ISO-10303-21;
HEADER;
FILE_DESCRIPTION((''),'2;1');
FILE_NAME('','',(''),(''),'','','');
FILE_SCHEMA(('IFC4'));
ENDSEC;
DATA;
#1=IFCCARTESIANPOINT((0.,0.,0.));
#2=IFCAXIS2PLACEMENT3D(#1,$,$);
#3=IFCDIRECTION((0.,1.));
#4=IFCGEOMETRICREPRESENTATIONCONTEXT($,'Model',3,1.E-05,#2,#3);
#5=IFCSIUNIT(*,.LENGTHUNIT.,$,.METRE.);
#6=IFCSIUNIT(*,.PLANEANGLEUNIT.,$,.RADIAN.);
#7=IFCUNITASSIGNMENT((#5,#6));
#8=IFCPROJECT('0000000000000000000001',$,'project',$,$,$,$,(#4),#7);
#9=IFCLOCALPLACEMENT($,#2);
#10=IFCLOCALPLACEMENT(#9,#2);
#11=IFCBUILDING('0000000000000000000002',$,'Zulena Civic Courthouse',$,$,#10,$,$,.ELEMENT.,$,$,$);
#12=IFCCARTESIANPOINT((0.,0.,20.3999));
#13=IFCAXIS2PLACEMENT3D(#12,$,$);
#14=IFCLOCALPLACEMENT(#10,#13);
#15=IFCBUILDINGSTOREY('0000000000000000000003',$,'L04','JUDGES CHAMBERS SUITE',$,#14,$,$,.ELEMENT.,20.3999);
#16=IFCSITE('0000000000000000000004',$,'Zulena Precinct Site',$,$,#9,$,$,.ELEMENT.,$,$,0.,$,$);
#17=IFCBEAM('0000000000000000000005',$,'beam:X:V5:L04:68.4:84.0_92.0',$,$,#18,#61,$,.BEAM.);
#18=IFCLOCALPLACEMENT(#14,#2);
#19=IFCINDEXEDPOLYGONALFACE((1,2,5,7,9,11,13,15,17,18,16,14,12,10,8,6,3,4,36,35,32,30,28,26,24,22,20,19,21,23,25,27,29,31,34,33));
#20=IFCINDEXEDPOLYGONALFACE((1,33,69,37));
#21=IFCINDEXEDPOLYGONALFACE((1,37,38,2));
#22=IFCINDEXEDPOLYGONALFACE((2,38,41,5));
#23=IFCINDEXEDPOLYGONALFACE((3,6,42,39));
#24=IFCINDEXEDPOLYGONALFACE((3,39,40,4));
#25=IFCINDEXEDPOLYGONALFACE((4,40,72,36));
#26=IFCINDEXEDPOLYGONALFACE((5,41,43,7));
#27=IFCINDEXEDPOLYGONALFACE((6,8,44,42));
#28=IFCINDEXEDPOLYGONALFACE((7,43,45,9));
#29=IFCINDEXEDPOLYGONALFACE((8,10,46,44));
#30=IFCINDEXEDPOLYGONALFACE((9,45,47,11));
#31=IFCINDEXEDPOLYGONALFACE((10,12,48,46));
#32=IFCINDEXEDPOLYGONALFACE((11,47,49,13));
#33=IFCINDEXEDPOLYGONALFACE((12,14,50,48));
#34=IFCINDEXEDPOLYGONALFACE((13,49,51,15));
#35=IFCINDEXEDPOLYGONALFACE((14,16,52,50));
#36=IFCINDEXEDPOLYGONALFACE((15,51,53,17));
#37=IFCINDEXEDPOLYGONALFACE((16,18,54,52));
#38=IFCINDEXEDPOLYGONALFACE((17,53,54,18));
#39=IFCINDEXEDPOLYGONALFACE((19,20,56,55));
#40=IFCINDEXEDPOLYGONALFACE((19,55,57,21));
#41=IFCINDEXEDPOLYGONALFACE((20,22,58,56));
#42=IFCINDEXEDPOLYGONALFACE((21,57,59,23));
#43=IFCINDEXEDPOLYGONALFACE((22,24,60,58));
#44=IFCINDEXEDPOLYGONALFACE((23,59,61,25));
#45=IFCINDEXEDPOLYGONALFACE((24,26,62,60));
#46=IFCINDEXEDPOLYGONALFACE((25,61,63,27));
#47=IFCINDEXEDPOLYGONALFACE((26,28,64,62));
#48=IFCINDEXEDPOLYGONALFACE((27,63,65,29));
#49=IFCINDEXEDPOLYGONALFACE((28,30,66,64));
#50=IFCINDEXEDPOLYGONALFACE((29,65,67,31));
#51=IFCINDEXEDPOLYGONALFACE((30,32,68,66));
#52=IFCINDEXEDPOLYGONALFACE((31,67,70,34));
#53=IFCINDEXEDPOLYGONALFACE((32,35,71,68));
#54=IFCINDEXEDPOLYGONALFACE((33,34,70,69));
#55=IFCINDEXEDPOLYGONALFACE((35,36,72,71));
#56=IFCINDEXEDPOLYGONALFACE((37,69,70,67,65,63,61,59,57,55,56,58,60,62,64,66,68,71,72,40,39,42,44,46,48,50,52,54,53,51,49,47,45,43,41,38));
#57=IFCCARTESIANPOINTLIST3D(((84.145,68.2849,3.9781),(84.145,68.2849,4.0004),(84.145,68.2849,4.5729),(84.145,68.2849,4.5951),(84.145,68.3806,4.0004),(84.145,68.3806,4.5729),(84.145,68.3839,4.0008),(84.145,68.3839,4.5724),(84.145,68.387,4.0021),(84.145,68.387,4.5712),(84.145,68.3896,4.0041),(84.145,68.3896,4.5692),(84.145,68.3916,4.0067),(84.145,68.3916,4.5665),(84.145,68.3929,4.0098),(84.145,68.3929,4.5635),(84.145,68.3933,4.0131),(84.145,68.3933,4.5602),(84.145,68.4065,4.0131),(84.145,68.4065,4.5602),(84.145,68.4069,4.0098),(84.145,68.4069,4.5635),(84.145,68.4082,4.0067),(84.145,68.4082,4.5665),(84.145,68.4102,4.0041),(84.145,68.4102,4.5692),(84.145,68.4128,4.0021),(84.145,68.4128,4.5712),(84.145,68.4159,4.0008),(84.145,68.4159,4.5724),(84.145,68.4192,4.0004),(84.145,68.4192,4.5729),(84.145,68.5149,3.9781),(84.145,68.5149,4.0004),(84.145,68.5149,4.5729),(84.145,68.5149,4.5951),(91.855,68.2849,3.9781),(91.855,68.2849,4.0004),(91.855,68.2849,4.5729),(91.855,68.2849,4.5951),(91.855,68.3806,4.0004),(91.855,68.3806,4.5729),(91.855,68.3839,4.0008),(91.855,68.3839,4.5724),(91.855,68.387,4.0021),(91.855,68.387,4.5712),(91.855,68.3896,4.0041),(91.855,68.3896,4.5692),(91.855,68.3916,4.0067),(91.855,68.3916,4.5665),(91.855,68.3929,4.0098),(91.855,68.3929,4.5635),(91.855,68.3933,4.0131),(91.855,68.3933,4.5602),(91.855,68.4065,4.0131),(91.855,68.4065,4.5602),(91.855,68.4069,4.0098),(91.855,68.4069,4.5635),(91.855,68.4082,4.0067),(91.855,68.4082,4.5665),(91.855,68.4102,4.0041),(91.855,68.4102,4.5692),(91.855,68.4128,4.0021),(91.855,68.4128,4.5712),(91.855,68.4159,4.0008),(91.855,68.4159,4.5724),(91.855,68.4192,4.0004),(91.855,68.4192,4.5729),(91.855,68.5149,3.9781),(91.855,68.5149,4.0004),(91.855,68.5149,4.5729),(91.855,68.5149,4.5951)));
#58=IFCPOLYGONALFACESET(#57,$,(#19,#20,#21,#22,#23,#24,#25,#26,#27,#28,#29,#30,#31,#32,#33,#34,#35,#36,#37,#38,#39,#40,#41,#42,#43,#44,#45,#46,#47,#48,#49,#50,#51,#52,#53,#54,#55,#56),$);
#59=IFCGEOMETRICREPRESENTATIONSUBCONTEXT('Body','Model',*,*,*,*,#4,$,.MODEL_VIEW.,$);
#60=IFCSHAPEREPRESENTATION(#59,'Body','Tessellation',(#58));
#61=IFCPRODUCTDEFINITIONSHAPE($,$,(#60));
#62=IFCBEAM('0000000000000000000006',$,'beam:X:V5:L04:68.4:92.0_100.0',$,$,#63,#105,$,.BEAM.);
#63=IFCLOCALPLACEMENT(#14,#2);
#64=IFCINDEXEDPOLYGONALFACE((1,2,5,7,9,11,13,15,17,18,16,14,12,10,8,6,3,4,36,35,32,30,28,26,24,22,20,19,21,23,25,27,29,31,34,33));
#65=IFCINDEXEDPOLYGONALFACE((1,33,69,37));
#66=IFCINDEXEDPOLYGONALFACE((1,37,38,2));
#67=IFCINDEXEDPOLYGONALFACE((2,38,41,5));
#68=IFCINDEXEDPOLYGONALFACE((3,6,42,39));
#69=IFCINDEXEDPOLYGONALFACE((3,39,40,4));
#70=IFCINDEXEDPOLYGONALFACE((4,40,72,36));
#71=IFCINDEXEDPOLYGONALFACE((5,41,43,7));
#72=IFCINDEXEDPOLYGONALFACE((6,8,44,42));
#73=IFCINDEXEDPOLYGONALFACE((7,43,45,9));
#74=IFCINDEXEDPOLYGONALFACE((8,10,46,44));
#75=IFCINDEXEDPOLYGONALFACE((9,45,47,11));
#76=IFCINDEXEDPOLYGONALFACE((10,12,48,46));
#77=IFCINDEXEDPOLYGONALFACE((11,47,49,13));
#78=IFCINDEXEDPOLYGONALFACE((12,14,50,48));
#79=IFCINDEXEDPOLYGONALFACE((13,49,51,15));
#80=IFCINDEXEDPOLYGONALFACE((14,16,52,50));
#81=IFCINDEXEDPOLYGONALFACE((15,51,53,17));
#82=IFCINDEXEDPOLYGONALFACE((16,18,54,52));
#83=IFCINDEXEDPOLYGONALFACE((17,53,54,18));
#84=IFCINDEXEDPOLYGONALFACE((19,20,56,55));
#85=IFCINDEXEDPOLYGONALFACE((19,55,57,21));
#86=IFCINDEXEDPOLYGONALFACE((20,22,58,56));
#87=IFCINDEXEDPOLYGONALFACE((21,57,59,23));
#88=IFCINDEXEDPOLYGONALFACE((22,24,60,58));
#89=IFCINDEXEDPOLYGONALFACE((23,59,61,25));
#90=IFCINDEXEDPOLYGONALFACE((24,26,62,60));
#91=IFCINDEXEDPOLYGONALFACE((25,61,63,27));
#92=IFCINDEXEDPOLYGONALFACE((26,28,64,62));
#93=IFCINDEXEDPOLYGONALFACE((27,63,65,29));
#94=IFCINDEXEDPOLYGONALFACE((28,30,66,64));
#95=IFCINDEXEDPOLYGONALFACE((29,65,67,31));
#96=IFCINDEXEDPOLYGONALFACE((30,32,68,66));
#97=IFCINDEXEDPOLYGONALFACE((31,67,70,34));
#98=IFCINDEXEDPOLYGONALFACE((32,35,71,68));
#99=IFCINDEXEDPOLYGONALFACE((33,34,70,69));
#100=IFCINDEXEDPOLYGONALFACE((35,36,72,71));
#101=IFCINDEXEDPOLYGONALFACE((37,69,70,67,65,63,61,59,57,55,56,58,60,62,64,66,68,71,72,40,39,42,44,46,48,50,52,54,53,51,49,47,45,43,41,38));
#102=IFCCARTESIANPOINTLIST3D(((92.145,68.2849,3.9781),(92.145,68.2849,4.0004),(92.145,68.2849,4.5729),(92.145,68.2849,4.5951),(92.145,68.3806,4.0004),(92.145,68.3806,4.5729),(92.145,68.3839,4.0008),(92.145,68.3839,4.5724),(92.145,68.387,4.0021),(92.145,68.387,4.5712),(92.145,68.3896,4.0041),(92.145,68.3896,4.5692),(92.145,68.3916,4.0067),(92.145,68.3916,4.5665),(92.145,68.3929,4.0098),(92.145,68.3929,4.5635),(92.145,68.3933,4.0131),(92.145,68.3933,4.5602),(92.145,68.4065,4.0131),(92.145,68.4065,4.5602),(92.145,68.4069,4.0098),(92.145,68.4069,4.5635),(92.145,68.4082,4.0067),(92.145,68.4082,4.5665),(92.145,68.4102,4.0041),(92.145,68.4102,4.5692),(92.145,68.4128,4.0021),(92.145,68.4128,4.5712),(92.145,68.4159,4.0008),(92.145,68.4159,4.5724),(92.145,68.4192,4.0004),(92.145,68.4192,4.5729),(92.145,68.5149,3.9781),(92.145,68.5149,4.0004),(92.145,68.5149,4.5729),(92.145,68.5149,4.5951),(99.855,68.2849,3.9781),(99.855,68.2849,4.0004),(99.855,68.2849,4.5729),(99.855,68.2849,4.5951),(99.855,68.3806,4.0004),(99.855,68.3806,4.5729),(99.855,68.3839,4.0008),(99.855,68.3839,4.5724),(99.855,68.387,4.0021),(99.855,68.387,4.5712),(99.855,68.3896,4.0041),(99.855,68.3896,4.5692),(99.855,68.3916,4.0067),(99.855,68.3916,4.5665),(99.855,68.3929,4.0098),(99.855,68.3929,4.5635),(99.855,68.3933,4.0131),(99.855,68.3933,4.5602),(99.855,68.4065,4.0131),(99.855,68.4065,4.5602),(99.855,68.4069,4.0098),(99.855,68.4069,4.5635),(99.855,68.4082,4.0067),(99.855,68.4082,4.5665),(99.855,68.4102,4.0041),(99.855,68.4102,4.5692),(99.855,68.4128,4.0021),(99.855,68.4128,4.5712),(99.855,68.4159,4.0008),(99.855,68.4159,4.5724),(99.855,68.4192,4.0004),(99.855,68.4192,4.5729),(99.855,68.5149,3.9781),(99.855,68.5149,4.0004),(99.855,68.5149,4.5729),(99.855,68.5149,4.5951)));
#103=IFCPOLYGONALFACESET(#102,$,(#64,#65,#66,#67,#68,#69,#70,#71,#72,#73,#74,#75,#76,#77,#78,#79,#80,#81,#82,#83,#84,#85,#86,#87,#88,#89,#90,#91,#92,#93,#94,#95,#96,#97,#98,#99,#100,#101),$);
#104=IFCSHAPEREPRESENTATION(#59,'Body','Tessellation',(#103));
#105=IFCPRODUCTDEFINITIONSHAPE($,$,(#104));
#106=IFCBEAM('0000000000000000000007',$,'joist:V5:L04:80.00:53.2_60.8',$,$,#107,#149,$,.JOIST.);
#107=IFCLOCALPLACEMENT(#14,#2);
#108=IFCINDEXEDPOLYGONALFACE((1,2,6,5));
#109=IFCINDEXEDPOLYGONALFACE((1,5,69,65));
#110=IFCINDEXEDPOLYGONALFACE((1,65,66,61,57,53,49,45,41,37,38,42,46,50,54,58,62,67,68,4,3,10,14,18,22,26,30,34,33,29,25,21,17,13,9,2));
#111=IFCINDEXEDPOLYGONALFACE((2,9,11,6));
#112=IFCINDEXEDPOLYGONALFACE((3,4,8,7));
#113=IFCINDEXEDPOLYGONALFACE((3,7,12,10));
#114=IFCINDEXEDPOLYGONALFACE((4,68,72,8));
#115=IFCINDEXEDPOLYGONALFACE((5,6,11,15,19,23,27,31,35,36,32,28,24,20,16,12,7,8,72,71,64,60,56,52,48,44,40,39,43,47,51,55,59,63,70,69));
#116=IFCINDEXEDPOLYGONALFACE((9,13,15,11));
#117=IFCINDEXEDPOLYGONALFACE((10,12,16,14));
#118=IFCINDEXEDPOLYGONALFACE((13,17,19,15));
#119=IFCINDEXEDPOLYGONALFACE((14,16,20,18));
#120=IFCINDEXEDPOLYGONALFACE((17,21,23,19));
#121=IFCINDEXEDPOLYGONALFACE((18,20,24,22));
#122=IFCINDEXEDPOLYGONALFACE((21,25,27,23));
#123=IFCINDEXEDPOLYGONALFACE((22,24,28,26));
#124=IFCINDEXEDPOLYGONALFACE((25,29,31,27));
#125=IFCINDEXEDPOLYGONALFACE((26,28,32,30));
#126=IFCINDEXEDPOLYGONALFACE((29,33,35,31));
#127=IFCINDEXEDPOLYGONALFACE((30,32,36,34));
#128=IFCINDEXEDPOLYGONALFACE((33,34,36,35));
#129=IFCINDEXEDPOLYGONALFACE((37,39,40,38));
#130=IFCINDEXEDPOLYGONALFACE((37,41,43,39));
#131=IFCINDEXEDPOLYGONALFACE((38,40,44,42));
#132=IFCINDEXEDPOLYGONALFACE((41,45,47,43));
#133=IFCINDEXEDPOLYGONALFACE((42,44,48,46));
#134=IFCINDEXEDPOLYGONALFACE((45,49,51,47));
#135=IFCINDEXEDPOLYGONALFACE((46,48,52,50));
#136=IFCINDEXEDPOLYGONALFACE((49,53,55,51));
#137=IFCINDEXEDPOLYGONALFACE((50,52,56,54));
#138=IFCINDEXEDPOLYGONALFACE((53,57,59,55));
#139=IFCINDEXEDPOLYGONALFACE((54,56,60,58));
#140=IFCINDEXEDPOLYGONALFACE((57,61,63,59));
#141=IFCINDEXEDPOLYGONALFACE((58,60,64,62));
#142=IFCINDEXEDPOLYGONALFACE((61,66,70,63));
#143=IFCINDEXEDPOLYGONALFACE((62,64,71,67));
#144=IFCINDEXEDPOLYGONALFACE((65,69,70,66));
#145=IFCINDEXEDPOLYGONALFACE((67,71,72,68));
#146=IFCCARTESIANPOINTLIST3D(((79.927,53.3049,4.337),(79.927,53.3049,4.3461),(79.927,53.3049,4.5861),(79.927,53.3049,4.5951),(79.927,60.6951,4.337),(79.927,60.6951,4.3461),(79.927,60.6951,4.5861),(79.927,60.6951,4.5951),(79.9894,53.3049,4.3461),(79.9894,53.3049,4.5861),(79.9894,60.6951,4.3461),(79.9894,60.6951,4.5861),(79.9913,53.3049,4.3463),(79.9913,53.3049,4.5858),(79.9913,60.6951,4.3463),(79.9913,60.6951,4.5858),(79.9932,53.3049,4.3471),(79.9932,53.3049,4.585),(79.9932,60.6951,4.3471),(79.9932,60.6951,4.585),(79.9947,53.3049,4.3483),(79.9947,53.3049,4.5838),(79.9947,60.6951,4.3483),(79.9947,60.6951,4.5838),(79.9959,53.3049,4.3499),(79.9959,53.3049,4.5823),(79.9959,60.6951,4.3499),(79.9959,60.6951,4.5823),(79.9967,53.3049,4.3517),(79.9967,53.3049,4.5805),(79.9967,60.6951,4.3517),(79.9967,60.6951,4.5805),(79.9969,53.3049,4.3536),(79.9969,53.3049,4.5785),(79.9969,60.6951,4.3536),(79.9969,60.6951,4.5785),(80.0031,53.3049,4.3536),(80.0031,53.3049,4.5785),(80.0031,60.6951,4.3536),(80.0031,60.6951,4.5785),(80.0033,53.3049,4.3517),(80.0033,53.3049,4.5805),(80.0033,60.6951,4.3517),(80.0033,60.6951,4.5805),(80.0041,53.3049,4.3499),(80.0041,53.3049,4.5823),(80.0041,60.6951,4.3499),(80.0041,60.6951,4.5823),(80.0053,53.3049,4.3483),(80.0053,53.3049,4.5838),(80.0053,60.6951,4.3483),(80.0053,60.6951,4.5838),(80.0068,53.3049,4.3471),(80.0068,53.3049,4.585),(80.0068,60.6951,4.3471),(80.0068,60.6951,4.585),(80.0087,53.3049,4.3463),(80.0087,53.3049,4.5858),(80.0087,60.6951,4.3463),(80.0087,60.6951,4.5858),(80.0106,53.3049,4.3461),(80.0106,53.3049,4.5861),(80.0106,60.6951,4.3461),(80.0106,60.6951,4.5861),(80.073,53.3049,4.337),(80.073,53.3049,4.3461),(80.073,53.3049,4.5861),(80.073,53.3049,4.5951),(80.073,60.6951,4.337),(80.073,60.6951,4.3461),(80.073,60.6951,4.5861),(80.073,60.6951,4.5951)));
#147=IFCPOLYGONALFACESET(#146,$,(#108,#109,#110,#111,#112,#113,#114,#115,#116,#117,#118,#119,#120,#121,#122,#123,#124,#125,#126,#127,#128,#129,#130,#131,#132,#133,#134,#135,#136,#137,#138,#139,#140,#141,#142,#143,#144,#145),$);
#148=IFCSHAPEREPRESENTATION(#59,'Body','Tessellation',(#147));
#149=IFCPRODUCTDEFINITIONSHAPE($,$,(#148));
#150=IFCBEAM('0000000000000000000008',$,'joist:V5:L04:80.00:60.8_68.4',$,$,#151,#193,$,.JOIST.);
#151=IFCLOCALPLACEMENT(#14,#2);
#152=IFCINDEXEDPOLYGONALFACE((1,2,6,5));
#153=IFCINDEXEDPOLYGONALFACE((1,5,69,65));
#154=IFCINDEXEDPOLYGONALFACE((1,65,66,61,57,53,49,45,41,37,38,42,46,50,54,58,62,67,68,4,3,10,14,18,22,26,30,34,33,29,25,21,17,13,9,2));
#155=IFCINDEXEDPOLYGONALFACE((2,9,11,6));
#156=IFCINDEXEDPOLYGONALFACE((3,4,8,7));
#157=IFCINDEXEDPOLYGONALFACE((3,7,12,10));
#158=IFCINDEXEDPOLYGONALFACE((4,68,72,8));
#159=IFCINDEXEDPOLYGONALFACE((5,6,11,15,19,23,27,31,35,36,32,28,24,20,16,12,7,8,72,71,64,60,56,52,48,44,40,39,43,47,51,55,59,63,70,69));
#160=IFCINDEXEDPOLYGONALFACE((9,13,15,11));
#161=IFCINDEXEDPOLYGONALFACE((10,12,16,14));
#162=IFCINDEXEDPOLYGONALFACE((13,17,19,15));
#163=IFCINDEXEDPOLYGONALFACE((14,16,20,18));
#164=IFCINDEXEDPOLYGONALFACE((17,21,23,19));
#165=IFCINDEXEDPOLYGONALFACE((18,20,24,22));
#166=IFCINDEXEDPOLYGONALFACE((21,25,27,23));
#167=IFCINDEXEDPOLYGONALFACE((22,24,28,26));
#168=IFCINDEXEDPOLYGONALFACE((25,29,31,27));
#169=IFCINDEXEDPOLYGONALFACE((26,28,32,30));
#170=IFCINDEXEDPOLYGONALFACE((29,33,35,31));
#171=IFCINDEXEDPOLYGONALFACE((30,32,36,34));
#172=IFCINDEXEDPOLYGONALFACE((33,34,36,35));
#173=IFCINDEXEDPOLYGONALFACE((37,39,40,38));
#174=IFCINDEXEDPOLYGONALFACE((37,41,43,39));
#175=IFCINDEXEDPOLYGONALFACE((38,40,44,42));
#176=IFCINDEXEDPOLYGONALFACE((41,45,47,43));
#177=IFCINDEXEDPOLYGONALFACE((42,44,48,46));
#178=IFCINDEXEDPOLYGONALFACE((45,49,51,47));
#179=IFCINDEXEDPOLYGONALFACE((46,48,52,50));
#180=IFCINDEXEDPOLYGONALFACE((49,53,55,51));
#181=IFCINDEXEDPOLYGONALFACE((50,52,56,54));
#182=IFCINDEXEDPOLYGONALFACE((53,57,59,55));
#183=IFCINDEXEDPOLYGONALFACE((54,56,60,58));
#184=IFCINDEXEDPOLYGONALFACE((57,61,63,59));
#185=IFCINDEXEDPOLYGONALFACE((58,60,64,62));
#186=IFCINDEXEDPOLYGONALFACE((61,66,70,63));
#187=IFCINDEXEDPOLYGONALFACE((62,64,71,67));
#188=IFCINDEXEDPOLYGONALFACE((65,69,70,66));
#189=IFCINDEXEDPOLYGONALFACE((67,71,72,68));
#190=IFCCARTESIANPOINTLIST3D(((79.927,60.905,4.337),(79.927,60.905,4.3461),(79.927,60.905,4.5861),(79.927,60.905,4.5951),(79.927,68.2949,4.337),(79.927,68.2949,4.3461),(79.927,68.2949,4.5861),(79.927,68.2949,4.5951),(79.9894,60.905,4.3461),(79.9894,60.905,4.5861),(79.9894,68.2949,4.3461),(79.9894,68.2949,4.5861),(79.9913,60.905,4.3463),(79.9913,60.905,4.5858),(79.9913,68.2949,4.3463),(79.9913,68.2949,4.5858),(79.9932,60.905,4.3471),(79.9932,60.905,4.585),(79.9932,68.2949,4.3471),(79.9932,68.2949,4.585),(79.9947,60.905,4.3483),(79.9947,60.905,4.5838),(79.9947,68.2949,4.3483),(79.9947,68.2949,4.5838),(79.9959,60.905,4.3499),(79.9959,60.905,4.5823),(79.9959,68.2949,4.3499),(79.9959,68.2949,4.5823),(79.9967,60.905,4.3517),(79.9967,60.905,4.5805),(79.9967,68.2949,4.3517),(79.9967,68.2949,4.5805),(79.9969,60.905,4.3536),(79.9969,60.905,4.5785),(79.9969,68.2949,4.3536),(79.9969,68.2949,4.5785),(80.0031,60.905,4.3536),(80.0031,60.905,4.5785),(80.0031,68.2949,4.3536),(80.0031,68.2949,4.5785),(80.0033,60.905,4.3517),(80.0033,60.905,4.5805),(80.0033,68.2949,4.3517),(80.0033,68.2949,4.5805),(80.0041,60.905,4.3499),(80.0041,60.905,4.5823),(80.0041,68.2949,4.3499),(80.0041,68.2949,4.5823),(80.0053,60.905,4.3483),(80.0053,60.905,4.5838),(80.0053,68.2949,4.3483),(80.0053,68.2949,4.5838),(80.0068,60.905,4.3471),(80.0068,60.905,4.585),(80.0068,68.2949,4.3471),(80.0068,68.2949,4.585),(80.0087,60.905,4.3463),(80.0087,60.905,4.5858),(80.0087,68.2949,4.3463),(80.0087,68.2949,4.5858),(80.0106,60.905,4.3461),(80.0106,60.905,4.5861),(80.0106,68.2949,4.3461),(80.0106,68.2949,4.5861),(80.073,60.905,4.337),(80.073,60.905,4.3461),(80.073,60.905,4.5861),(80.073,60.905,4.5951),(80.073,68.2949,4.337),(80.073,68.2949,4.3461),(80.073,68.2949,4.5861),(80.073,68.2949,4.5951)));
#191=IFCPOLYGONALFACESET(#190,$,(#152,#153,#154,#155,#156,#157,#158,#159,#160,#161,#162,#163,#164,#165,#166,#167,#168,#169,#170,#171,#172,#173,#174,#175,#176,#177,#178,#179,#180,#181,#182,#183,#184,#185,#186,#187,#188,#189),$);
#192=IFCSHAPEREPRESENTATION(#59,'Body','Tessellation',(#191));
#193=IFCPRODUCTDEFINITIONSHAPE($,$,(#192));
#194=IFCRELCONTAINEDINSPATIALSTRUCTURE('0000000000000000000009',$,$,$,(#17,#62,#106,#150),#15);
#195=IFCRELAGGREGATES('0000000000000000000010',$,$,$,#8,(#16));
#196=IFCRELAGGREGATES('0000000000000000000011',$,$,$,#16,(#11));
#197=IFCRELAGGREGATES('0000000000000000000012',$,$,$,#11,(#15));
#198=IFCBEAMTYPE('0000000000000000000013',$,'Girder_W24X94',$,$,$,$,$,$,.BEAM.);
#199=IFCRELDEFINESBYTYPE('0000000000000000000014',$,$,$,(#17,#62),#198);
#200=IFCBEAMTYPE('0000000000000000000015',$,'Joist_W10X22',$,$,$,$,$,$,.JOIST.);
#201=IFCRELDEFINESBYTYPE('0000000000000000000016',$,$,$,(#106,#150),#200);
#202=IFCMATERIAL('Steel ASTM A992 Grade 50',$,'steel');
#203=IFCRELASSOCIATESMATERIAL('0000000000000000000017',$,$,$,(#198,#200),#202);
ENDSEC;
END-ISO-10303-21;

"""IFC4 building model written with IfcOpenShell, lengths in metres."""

from ifc_helpers import new_model, si_unit, direction, frame, origin, origin_2d, place, context, subcontext, project, spatial, i_section, extrude, material, material_profile, profile_set, type_object, element, save


model = new_model("IFC4")

# Units and contexts
model_context = context("Model", 3, precision=1e-05, world=origin(), true_north=direction((0.0, 1.0)))
body_context = subcontext(model_context, "Body", "Model", "MODEL_VIEW")
ifc_project = project(units=[si_unit("LENGTHUNIT", "METRE"), si_unit("PLANEANGLEUNIT", "RADIAN")], contexts=[model_context])

# Site, building, storey
site_placement = place(None, origin())
site = spatial("IfcSite", under=ifc_project, at=site_placement, Name="Zulena Precinct Site", CompositionType="ELEMENT", RefElevation=0.0)
building_placement = place(site_placement, origin())
building = spatial("IfcBuilding", under=site, at=building_placement, Name="Zulena Civic Courthouse", CompositionType="ELEMENT")
storey_placement = place(building_placement, frame((0.0, 0.0, 20.3999)))
storey = spatial("IfcBuildingStorey", under=building, at=storey_placement, Name="L04", Description="JUDGES CHAMBERS SUITE", CompositionType="ELEMENT", Elevation=20.3999)

# Shared definitions
ifc_material_1 = material(Name="Steel ASTM A992 Grade 50", Category="steel")

# Beams
ifc_material_profile_1 = material_profile(ifc_material_1, i_section(OverallWidth=0.23, OverallDepth=0.6169, WebThickness=0.0132, FlangeThickness=0.0222, FilletRadius=0.0127, at=origin_2d()), Name="W24X94")
ifc_profile_set_1 = profile_set([ifc_material_profile_1], Name="Steel ASTM A992 Grade 50")
beam_type_1 = type_object("IfcBeamType", Name="Girder_W24X94", PredefinedType="BEAM", material=ifc_profile_set_1)
for number, where, z_axis, x_axis, name in (
    (1, (84.145, 68.3999, 4.2866), (1.0, 0.0, 0.0), (0.0, 1.0, 0.0), "beam:X:V5:L04:68.4:84.0_92.0"),
    (2, (92.145, 68.3999, 4.2866), (1.0, 0.0, 0.0), (0.0, 1.0, 0.0), "beam:X:V5:L04:68.4:92.0_100.0"),
):
    element("IfcBeam", number, at=place(storey_placement, frame(where, z_axis=z_axis, x_axis=x_axis)), inside=storey, type_object=beam_type_1, Name=name, PredefinedType="BEAM", context=body_context, shape_type="SweptSolid", body=[
        extrude(i_section(OverallWidth=0.23, OverallDepth=0.6169, WebThickness=0.0132, FlangeThickness=0.0222, FilletRadius=0.0127, at=origin_2d()), origin(), (0.0, 0.0, 1.0), 7.71),
    ])
ifc_material_profile_2 = material_profile(ifc_material_1, i_section(OverallWidth=0.146, OverallDepth=0.2581, WebThickness=0.0061, FlangeThickness=0.009, FilletRadius=0.0076, at=origin_2d()), Name="W10X22")
ifc_profile_set_2 = profile_set([ifc_material_profile_2], Name="Steel ASTM A992 Grade 50")
beam_type_2 = type_object("IfcBeamType", Name="Joist_W10X22", PredefinedType="JOIST", material=ifc_profile_set_2)
beam_1_placement = place(storey_placement, frame((80.0, 53.3049, 4.4661), z_axis=(0.0, 1.0, 0.0), x_axis=(-1.0, 0.0, 0.0)))
element("IfcBeam", 3, at=beam_1_placement, inside=storey, type_object=beam_type_2, Name="joist:V5:L04:80.00:53.2_60.8", PredefinedType="JOIST", context=body_context, shape_type="SweptSolid", body=[
    extrude(i_section(OverallWidth=0.146, OverallDepth=0.2581, WebThickness=0.0061, FlangeThickness=0.009, FilletRadius=0.0076, at=origin_2d()), origin(), (0.0, 0.0, 1.0), 7.3901),
])
beam_2_placement = place(storey_placement, frame((80.0, 60.905, 4.4661), z_axis=(0.0, 1.0, 0.0), x_axis=(-1.0, 0.0, 0.0)))
element("IfcBeam", 4, at=beam_2_placement, inside=storey, type_object=beam_type_2, Name="joist:V5:L04:80.00:60.8_68.4", PredefinedType="JOIST", context=body_context, shape_type="SweptSolid", body=[
    extrude(i_section(OverallWidth=0.146, OverallDepth=0.2581, WebThickness=0.0061, FlangeThickness=0.009, FilletRadius=0.0076, at=origin_2d()), origin(), (0.0, 0.0, 1.0), 7.3899),
])

save(model, "model.ifc")
